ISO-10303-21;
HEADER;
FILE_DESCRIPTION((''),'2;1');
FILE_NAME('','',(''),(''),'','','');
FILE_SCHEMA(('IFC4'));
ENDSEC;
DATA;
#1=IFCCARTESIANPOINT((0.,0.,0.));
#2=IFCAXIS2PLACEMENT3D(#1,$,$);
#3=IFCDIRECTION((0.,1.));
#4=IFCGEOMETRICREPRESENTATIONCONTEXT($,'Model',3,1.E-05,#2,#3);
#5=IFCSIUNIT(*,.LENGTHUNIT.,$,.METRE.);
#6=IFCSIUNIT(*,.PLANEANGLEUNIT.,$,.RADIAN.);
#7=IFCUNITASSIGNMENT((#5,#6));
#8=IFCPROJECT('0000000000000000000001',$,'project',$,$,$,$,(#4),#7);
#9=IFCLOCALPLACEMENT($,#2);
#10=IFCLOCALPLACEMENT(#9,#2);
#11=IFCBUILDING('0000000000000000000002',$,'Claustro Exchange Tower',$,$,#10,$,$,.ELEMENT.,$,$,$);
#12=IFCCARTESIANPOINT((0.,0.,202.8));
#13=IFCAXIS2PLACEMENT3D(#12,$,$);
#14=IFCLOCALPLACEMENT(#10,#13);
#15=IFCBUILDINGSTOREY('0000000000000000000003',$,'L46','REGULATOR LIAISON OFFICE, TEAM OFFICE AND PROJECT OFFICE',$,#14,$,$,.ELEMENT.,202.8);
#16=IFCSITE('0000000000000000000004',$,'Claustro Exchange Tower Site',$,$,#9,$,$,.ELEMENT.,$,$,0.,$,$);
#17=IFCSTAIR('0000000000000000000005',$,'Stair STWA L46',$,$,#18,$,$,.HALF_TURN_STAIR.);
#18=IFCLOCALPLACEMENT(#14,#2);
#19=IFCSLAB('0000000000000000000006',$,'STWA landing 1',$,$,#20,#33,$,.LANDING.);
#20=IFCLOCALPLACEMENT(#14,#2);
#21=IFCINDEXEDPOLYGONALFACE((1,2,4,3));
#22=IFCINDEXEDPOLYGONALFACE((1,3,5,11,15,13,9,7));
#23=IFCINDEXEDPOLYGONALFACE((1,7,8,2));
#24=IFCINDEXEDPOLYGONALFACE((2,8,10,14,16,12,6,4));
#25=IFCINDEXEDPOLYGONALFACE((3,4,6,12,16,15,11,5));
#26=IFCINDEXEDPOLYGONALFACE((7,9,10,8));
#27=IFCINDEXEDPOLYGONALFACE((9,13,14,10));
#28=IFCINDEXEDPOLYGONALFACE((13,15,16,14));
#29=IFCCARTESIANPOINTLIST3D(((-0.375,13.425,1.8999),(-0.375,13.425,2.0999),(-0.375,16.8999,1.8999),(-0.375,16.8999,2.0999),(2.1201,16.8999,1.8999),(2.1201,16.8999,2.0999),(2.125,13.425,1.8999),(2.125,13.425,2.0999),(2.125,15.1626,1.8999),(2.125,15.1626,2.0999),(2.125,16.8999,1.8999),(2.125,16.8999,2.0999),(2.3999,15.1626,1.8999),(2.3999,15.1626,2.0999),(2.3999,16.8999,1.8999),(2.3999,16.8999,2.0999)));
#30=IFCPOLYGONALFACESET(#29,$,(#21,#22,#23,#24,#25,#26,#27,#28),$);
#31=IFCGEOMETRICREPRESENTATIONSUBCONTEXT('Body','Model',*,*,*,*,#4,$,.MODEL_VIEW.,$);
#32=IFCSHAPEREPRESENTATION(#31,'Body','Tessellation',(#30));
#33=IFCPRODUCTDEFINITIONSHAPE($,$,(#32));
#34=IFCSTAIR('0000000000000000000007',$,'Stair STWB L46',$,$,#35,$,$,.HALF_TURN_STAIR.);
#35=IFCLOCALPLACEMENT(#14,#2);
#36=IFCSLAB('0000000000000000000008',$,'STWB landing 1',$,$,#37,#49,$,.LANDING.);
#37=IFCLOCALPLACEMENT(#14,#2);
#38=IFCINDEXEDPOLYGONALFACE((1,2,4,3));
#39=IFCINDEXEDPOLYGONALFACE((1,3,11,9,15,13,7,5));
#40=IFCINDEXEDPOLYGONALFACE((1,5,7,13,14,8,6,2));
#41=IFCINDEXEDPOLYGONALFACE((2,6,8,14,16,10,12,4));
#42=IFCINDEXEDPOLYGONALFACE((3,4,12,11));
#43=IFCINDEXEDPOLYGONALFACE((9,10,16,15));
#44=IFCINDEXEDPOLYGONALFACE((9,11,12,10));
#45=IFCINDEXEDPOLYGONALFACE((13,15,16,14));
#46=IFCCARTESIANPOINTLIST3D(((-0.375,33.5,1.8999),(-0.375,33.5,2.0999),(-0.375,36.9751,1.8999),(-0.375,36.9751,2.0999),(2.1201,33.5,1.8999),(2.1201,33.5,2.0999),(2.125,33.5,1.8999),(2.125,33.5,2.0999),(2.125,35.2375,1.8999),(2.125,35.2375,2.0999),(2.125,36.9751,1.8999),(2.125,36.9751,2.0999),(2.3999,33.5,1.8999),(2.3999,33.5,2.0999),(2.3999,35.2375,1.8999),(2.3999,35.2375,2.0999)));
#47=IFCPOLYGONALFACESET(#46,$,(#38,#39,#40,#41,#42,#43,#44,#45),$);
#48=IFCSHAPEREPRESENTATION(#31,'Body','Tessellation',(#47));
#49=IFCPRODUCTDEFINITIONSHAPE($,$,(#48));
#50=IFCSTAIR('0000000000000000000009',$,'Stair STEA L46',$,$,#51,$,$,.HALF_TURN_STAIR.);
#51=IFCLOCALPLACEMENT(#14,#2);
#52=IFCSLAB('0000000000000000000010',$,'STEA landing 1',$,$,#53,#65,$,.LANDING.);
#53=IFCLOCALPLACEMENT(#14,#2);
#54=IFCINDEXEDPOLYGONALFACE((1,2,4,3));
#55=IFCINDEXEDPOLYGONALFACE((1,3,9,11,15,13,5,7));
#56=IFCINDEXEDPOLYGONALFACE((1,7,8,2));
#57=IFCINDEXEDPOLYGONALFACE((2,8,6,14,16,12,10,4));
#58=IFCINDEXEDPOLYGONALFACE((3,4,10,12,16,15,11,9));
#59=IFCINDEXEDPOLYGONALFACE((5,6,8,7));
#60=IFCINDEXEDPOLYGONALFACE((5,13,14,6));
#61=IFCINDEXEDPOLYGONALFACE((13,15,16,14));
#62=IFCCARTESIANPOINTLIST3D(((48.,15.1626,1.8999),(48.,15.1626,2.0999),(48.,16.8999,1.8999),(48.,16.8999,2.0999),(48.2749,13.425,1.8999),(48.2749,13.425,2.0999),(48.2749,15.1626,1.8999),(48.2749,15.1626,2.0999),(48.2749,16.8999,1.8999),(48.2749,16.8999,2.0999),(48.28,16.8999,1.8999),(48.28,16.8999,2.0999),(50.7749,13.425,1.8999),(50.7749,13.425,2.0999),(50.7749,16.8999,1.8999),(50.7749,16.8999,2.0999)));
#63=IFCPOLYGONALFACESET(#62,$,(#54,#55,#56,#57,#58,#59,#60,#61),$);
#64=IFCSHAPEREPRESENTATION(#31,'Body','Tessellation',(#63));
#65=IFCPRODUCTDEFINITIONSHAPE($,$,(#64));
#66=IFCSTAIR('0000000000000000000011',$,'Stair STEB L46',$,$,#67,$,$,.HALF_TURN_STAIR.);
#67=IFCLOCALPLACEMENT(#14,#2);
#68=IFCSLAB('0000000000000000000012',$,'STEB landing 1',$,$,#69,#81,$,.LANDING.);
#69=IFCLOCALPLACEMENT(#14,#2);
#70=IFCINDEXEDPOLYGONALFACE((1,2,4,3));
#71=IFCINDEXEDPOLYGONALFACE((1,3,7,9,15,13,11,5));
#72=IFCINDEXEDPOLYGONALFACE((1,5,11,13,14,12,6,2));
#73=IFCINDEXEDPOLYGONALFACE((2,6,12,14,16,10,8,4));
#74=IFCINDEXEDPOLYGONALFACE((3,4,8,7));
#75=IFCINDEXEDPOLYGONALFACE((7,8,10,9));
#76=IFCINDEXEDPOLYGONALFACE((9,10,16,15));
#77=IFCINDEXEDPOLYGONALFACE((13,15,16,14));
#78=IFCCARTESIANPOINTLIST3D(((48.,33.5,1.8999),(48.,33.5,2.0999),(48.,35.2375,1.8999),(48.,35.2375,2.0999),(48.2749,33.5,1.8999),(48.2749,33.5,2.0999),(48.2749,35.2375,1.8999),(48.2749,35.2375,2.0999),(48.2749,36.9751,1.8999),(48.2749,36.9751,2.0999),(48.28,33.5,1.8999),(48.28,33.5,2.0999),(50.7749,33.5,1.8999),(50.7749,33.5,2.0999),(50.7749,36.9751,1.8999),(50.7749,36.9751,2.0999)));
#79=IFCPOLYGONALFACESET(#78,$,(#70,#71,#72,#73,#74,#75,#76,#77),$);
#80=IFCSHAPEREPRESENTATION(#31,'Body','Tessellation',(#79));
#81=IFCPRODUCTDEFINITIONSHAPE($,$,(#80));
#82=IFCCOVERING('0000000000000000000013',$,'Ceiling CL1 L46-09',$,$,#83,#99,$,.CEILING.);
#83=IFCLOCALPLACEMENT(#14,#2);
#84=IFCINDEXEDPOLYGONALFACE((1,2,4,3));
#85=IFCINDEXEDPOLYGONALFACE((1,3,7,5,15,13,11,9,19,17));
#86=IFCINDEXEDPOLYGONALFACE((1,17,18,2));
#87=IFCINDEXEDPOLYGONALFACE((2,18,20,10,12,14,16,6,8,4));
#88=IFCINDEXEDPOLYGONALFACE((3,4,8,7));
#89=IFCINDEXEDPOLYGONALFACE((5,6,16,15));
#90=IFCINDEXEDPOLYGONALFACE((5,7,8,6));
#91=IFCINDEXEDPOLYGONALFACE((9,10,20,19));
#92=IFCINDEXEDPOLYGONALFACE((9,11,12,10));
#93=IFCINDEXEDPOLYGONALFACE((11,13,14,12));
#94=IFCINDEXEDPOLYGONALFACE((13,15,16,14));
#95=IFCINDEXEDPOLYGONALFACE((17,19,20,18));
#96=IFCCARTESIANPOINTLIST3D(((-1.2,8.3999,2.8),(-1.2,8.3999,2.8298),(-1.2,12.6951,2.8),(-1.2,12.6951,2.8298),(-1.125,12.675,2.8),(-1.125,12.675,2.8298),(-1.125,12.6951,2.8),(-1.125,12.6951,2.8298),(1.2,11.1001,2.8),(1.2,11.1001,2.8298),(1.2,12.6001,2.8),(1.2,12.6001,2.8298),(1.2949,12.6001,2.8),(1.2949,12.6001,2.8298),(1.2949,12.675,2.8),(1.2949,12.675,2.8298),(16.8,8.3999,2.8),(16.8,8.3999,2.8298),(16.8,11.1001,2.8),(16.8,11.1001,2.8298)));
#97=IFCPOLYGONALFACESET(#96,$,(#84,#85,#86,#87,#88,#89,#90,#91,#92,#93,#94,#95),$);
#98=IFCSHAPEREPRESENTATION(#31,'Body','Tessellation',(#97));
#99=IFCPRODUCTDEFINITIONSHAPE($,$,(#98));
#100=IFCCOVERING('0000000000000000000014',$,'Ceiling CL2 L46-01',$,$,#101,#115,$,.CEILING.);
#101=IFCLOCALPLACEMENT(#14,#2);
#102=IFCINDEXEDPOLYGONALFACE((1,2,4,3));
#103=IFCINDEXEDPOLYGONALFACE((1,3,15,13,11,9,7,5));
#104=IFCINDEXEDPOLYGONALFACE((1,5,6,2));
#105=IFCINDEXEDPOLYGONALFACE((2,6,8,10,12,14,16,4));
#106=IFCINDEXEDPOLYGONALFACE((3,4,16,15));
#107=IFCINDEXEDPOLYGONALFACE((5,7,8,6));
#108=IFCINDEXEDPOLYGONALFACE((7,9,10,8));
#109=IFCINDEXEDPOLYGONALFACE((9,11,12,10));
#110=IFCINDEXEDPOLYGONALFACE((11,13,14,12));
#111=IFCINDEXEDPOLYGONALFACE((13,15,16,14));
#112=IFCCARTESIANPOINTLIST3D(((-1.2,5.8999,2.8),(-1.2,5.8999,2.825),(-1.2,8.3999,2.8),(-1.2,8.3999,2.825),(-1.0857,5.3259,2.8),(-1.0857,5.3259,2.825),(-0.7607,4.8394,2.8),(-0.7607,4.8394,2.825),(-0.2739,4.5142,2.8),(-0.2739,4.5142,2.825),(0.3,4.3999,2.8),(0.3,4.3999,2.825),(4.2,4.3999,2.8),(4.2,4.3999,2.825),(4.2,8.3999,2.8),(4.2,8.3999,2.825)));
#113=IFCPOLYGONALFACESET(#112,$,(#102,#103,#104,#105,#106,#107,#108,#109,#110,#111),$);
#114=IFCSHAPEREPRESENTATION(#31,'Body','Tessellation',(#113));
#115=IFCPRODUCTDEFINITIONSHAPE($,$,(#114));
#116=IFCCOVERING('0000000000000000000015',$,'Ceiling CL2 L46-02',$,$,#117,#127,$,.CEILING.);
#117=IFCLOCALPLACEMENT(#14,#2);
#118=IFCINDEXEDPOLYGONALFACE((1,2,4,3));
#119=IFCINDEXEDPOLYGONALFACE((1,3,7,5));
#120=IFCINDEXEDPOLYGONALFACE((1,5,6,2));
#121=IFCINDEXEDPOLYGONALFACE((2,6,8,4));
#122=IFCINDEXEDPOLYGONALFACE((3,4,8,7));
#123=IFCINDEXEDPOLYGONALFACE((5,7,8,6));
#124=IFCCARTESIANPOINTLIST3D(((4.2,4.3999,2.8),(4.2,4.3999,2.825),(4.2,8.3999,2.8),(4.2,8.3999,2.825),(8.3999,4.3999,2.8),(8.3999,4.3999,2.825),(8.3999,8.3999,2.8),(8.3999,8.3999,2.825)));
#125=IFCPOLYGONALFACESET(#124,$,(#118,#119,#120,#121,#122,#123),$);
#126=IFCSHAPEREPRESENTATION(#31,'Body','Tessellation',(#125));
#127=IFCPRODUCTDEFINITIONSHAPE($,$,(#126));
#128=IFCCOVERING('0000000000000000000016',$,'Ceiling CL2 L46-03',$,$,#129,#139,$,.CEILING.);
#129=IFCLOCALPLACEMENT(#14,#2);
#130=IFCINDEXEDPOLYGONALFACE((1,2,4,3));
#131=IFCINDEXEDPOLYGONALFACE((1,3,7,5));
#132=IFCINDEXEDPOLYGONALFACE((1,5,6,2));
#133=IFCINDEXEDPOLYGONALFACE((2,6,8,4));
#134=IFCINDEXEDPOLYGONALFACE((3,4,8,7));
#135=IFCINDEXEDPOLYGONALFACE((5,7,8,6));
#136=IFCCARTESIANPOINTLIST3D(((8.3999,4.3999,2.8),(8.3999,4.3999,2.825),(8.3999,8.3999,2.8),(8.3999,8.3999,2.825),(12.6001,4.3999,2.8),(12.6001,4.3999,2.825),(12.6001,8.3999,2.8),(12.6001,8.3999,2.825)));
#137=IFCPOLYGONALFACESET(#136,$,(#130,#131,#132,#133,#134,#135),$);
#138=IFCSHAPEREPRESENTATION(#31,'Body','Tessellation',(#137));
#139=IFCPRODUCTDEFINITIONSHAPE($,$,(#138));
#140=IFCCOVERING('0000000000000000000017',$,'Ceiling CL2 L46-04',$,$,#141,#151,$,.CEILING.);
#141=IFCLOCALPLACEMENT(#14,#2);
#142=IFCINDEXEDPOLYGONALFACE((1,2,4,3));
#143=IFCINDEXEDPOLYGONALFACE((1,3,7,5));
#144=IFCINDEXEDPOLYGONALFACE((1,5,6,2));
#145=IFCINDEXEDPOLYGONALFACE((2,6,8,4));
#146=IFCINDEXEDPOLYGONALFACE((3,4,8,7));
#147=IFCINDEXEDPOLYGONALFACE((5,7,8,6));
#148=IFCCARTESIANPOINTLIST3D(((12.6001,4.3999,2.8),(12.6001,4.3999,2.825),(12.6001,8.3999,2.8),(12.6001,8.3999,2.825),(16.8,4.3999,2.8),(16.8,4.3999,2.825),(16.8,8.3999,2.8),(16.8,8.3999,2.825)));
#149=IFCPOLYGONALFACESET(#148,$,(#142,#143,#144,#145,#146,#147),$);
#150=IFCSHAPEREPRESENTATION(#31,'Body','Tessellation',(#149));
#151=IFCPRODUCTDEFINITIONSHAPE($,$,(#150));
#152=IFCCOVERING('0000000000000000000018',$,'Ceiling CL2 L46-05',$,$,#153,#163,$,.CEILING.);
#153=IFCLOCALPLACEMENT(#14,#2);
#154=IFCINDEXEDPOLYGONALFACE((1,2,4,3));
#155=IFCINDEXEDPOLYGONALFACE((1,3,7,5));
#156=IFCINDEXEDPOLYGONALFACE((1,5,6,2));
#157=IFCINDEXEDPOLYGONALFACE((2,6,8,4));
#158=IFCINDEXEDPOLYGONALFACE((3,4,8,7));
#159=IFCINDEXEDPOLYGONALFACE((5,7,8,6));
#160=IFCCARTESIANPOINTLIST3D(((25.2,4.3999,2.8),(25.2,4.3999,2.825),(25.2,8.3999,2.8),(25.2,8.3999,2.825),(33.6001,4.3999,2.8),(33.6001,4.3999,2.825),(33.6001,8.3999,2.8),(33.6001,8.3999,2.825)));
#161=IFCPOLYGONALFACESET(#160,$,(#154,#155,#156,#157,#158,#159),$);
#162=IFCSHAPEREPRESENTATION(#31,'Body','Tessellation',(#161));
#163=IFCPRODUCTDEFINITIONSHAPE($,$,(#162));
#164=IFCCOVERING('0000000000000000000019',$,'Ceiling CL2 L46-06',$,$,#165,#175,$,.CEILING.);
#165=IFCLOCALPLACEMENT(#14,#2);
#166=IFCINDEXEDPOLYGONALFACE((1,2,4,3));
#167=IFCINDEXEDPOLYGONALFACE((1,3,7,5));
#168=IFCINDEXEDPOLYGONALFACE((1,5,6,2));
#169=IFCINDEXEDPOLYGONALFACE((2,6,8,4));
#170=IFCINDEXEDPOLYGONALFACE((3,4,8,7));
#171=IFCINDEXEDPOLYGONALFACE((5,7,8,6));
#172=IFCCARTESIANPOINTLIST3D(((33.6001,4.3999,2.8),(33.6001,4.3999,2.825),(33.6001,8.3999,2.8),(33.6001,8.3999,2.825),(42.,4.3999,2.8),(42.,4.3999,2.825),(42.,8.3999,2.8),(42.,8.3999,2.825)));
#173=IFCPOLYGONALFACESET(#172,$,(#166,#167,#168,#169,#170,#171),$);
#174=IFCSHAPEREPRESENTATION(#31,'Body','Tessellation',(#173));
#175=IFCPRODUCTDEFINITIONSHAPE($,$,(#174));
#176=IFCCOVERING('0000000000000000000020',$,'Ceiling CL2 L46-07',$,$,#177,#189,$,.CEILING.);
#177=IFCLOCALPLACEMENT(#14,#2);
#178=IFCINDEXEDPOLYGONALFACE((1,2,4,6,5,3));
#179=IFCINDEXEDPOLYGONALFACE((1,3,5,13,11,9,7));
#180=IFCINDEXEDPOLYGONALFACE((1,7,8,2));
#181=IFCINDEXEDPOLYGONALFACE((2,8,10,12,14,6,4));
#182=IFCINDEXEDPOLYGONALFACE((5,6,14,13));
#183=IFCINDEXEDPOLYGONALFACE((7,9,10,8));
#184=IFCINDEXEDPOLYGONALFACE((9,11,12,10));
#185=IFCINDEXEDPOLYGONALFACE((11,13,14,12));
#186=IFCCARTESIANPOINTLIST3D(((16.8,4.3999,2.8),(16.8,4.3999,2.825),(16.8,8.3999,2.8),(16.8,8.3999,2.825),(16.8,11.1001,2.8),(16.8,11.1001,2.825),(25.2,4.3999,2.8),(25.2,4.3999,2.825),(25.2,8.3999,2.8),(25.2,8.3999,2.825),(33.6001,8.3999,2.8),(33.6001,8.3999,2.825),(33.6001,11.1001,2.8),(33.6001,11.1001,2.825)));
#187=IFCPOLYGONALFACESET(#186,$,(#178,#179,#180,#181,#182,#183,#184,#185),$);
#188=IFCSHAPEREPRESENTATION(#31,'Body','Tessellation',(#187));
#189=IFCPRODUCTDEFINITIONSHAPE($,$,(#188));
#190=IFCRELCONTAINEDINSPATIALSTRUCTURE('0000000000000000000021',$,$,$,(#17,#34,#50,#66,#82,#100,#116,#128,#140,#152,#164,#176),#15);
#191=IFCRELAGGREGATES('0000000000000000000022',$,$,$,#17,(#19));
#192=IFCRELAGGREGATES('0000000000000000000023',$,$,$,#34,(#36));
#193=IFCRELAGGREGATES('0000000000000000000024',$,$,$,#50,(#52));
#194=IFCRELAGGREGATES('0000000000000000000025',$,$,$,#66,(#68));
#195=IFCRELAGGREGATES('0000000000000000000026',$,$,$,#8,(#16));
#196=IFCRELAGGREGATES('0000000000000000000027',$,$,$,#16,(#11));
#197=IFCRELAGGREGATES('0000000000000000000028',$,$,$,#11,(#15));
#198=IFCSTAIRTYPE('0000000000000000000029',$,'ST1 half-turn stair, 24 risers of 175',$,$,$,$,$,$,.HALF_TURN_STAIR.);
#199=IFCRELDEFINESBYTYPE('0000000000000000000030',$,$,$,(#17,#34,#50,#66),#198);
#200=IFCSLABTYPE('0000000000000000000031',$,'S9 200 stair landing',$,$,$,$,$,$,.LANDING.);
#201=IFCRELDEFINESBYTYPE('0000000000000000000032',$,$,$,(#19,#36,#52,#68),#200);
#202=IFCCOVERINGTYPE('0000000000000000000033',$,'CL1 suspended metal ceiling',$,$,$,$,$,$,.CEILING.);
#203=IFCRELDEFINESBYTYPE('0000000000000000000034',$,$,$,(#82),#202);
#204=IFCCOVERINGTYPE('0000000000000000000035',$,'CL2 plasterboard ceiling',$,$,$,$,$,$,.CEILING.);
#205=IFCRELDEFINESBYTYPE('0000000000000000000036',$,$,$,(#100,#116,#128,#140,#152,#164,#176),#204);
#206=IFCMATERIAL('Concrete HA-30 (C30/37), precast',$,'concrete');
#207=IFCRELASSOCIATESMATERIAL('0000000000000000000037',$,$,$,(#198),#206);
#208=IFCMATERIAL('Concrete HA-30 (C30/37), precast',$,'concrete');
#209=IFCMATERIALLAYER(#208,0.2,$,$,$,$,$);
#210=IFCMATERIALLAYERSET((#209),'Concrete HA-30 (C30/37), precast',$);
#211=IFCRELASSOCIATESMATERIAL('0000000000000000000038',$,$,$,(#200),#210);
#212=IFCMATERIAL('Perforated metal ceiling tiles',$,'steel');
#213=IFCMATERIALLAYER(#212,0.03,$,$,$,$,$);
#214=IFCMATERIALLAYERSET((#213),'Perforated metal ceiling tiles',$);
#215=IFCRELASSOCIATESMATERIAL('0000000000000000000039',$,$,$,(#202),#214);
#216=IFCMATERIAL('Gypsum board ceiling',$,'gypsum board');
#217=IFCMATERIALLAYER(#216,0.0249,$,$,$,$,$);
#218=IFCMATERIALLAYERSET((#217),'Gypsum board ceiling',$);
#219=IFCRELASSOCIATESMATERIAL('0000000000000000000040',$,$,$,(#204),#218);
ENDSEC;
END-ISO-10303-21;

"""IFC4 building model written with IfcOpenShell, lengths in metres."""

from ifc_helpers import new_model, si_unit, direction, frame, origin, place, context, subcontext, project, spatial, polyline, outline, extrude, material, layer, layer_set, type_object, element, aggregate, save


model = new_model("IFC4")

# Units and contexts
model_context = context("Model", 3, precision=1e-05, world=origin(), true_north=direction((0.0, 1.0)))
body_context = subcontext(model_context, "Body", "Model", "MODEL_VIEW")
ifc_project = project(units=[si_unit("LENGTHUNIT", "METRE"), si_unit("PLANEANGLEUNIT", "RADIAN")], contexts=[model_context])

# Site, building, storey
site_placement = place(None, origin())
site = spatial("IfcSite", under=ifc_project, at=site_placement, Name="Claustro Exchange Tower Site", CompositionType="ELEMENT", RefElevation=0.0)
building_placement = place(site_placement, origin())
building = spatial("IfcBuilding", under=site, at=building_placement, Name="Claustro Exchange Tower", CompositionType="ELEMENT")
storey_placement = place(building_placement, frame((0.0, 0.0, 202.8)))
storey = spatial("IfcBuildingStorey", under=building, at=storey_placement, Name="L46", Description="REGULATOR LIAISON OFFICE, TEAM OFFICE AND PROJECT OFFICE", CompositionType="ELEMENT", Elevation=202.8)

# Stairs, slabs
ifc_material_1 = material(Name="Concrete HA-30 (C30/37), precast", Category="concrete")
stair_type = type_object("IfcStairType", Name="ST1 half-turn stair, 24 risers of 175", PredefinedType="HALF_TURN_STAIR", material=ifc_material_1)
stair_1_placement = place(storey_placement, origin())
stair_1 = element("IfcStair", 1, at=stair_1_placement, inside=storey, type_object=stair_type, Name="Stair STWA L46", PredefinedType="HALF_TURN_STAIR")
ifc_material_2 = material(Name="Concrete HA-30 (C30/37), precast", Category="concrete")
ifc_layer_1 = layer(ifc_material_2, 0.2)
ifc_layer_set_1 = layer_set([ifc_layer_1], Name="Concrete HA-30 (C30/37), precast")
slab_type_1 = type_object("IfcSlabType", Name="S9 200 stair landing", PredefinedType="LANDING", material=ifc_layer_set_1)
slab_1_placement = place(storey_placement, frame((0.0, 0.0, 1.8999)))
slab_1 = element("IfcSlab", 2, at=slab_1_placement, type_object=slab_type_1, Name="STWA landing 1", PredefinedType="LANDING", context=body_context, shape_type="SweptSolid", body=[
    extrude(outline(polyline([(2.125, 13.425), (-0.375, 13.425), (-0.375, 16.8999), (2.1201, 16.8999), (2.125, 16.8999), (2.3999, 16.8999), (2.3999, 15.1626), (2.125, 15.1626), (2.125, 13.425)])), origin(), (0.0, 0.0, 1.0), 0.2),
])
aggregate(stair_1, [slab_1])
stair_2_placement = place(storey_placement, origin())
stair_2 = element("IfcStair", 3, at=stair_2_placement, inside=storey, type_object=stair_type, Name="Stair STWB L46", PredefinedType="HALF_TURN_STAIR")
slab_2_placement = place(storey_placement, frame((0.0, 0.0, 1.8999)))
slab_2 = element("IfcSlab", 4, at=slab_2_placement, type_object=slab_type_1, Name="STWB landing 1", PredefinedType="LANDING", context=body_context, shape_type="SweptSolid", body=[
    extrude(outline(polyline([(2.3999, 35.2375), (2.3999, 33.5), (2.125, 33.5), (2.1201, 33.5), (-0.375, 33.5), (-0.375, 36.9751), (2.125, 36.9751), (2.125, 35.2375), (2.3999, 35.2375)])), origin(), (0.0, 0.0, 1.0), 0.2),
])
aggregate(stair_2, [slab_2])
stair_3_placement = place(storey_placement, origin())
stair_3 = element("IfcStair", 5, at=stair_3_placement, inside=storey, type_object=stair_type, Name="Stair STEA L46", PredefinedType="HALF_TURN_STAIR")
slab_3_placement = place(storey_placement, frame((0.0, 0.0, 1.8999)))
slab_3 = element("IfcSlab", 6, at=slab_3_placement, type_object=slab_type_1, Name="STEA landing 1", PredefinedType="LANDING", context=body_context, shape_type="SweptSolid", body=[
    extrude(outline(polyline([(50.7749, 16.8999), (50.7749, 13.425), (48.2749, 13.425), (48.2749, 15.1626), (48.0, 15.1626), (48.0, 16.8999), (48.2749, 16.8999), (48.28, 16.8999), (50.7749, 16.8999)])), origin(), (0.0, 0.0, 1.0), 0.2),
])
aggregate(stair_3, [slab_3])
stair_4_placement = place(storey_placement, origin())
stair_4 = element("IfcStair", 7, at=stair_4_placement, inside=storey, type_object=stair_type, Name="Stair STEB L46", PredefinedType="HALF_TURN_STAIR")
slab_4_placement = place(storey_placement, frame((0.0, 0.0, 1.8999)))
slab_4 = element("IfcSlab", 8, at=slab_4_placement, type_object=slab_type_1, Name="STEB landing 1", PredefinedType="LANDING", context=body_context, shape_type="SweptSolid", body=[
    extrude(outline(polyline([(48.0, 33.5), (48.0, 35.2375), (48.2749, 35.2375), (48.2749, 36.9751), (50.7749, 36.9751), (50.7749, 33.5), (48.28, 33.5), (48.2749, 33.5), (48.0, 33.5)])), origin(), (0.0, 0.0, 1.0), 0.2),
])
aggregate(stair_4, [slab_4])

# Coverings
ifc_material_3 = material(Name="Perforated metal ceiling tiles", Category="steel")
ifc_layer_2 = layer(ifc_material_3, 0.03)
ifc_layer_set_2 = layer_set([ifc_layer_2], Name="Perforated metal ceiling tiles")
covering_type_1 = type_object("IfcCoveringType", Name="CL1 suspended metal ceiling", PredefinedType="CEILING", material=ifc_layer_set_2)
covering_1_placement = place(storey_placement, frame((0.0, 0.0, 2.8)))
element("IfcCovering", 9, at=covering_1_placement, inside=storey, type_object=covering_type_1, Name="Ceiling CL1 L46-09", PredefinedType="CEILING", context=body_context, shape_type="SweptSolid", body=[
    extrude(outline(polyline([(1.2, 11.1001), (1.2, 12.6001), (1.2949, 12.6001), (1.2949, 12.675), (-1.125, 12.675), (-1.125, 12.6951), (-1.2, 12.6951), (-1.2, 8.3999), (16.8, 8.3999), (16.8, 11.1001), (1.2, 11.1001)])), origin(), (0.0, 0.0, 1.0), 0.0298),
])
ifc_material_4 = material(Name="Gypsum board ceiling", Category="gypsum board")
ifc_layer_3 = layer(ifc_material_4, 0.0249)
ifc_layer_set_3 = layer_set([ifc_layer_3], Name="Gypsum board ceiling")
covering_type_2 = type_object("IfcCoveringType", Name="CL2 plasterboard ceiling", PredefinedType="CEILING", material=ifc_layer_set_3)
covering_2_placement = place(storey_placement, frame((0.0, 0.0, 2.8)))
element("IfcCovering", 10, at=covering_2_placement, inside=storey, type_object=covering_type_2, Name="Ceiling CL2 L46-01", PredefinedType="CEILING", context=body_context, shape_type="SweptSolid", body=[
    extrude(outline(polyline([(-1.0857, 5.3259), (-0.7607, 4.8394), (-0.2739, 4.5142), (0.3, 4.3999), (4.2, 4.3999), (4.2, 8.3999), (-1.2, 8.3999), (-1.2, 5.8999), (-1.0857, 5.3259)])), origin(), (0.0, 0.0, 1.0), 0.0249),
])
covering_3_placement = place(storey_placement, frame((0.0, 0.0, 2.8)))
element("IfcCovering", 11, at=covering_3_placement, inside=storey, type_object=covering_type_2, Name="Ceiling CL2 L46-02", PredefinedType="CEILING", context=body_context, shape_type="SweptSolid", body=[
    extrude(outline(polyline([(4.2, 4.3999), (8.3999, 4.3999), (8.3999, 8.3999), (4.2, 8.3999), (4.2, 4.3999)])), origin(), (0.0, 0.0, 1.0), 0.0249),
])
covering_4_placement = place(storey_placement, frame((0.0, 0.0, 2.8)))
element("IfcCovering", 12, at=covering_4_placement, inside=storey, type_object=covering_type_2, Name="Ceiling CL2 L46-03", PredefinedType="CEILING", context=body_context, shape_type="SweptSolid", body=[
    extrude(outline(polyline([(8.3999, 4.3999), (12.6001, 4.3999), (12.6001, 8.3999), (8.3999, 8.3999), (8.3999, 4.3999)])), origin(), (0.0, 0.0, 1.0), 0.0249),
])
covering_5_placement = place(storey_placement, frame((0.0, 0.0, 2.8)))
element("IfcCovering", 13, at=covering_5_placement, inside=storey, type_object=covering_type_2, Name="Ceiling CL2 L46-04", PredefinedType="CEILING", context=body_context, shape_type="SweptSolid", body=[
    extrude(outline(polyline([(12.6001, 4.3999), (16.8, 4.3999), (16.8, 8.3999), (12.6001, 8.3999), (12.6001, 4.3999)])), origin(), (0.0, 0.0, 1.0), 0.0249),
])
covering_6_placement = place(storey_placement, frame((0.0, 0.0, 2.8)))
element("IfcCovering", 14, at=covering_6_placement, inside=storey, type_object=covering_type_2, Name="Ceiling CL2 L46-05", PredefinedType="CEILING", context=body_context, shape_type="SweptSolid", body=[
    extrude(outline(polyline([(25.2, 4.3999), (33.6001, 4.3999), (33.6001, 8.3999), (25.2, 8.3999), (25.2, 4.3999)])), origin(), (0.0, 0.0, 1.0), 0.0249),
])
covering_7_placement = place(storey_placement, frame((0.0, 0.0, 2.8)))
element("IfcCovering", 15, at=covering_7_placement, inside=storey, type_object=covering_type_2, Name="Ceiling CL2 L46-06", PredefinedType="CEILING", context=body_context, shape_type="SweptSolid", body=[
    extrude(outline(polyline([(33.6001, 4.3999), (42.0, 4.3999), (42.0, 8.3999), (33.6001, 8.3999), (33.6001, 4.3999)])), origin(), (0.0, 0.0, 1.0), 0.0249),
])
covering_8_placement = place(storey_placement, frame((0.0, 0.0, 2.8)))
element("IfcCovering", 16, at=covering_8_placement, inside=storey, type_object=covering_type_2, Name="Ceiling CL2 L46-07", PredefinedType="CEILING", context=body_context, shape_type="SweptSolid", body=[
    extrude(outline(polyline([(16.8, 4.3999), (25.2, 4.3999), (25.2, 8.3999), (33.6001, 8.3999), (33.6001, 11.1001), (16.8, 11.1001), (16.8, 8.3999), (16.8, 4.3999)])), origin(), (0.0, 0.0, 1.0), 0.0249),
])

save(model, "model.ifc")
